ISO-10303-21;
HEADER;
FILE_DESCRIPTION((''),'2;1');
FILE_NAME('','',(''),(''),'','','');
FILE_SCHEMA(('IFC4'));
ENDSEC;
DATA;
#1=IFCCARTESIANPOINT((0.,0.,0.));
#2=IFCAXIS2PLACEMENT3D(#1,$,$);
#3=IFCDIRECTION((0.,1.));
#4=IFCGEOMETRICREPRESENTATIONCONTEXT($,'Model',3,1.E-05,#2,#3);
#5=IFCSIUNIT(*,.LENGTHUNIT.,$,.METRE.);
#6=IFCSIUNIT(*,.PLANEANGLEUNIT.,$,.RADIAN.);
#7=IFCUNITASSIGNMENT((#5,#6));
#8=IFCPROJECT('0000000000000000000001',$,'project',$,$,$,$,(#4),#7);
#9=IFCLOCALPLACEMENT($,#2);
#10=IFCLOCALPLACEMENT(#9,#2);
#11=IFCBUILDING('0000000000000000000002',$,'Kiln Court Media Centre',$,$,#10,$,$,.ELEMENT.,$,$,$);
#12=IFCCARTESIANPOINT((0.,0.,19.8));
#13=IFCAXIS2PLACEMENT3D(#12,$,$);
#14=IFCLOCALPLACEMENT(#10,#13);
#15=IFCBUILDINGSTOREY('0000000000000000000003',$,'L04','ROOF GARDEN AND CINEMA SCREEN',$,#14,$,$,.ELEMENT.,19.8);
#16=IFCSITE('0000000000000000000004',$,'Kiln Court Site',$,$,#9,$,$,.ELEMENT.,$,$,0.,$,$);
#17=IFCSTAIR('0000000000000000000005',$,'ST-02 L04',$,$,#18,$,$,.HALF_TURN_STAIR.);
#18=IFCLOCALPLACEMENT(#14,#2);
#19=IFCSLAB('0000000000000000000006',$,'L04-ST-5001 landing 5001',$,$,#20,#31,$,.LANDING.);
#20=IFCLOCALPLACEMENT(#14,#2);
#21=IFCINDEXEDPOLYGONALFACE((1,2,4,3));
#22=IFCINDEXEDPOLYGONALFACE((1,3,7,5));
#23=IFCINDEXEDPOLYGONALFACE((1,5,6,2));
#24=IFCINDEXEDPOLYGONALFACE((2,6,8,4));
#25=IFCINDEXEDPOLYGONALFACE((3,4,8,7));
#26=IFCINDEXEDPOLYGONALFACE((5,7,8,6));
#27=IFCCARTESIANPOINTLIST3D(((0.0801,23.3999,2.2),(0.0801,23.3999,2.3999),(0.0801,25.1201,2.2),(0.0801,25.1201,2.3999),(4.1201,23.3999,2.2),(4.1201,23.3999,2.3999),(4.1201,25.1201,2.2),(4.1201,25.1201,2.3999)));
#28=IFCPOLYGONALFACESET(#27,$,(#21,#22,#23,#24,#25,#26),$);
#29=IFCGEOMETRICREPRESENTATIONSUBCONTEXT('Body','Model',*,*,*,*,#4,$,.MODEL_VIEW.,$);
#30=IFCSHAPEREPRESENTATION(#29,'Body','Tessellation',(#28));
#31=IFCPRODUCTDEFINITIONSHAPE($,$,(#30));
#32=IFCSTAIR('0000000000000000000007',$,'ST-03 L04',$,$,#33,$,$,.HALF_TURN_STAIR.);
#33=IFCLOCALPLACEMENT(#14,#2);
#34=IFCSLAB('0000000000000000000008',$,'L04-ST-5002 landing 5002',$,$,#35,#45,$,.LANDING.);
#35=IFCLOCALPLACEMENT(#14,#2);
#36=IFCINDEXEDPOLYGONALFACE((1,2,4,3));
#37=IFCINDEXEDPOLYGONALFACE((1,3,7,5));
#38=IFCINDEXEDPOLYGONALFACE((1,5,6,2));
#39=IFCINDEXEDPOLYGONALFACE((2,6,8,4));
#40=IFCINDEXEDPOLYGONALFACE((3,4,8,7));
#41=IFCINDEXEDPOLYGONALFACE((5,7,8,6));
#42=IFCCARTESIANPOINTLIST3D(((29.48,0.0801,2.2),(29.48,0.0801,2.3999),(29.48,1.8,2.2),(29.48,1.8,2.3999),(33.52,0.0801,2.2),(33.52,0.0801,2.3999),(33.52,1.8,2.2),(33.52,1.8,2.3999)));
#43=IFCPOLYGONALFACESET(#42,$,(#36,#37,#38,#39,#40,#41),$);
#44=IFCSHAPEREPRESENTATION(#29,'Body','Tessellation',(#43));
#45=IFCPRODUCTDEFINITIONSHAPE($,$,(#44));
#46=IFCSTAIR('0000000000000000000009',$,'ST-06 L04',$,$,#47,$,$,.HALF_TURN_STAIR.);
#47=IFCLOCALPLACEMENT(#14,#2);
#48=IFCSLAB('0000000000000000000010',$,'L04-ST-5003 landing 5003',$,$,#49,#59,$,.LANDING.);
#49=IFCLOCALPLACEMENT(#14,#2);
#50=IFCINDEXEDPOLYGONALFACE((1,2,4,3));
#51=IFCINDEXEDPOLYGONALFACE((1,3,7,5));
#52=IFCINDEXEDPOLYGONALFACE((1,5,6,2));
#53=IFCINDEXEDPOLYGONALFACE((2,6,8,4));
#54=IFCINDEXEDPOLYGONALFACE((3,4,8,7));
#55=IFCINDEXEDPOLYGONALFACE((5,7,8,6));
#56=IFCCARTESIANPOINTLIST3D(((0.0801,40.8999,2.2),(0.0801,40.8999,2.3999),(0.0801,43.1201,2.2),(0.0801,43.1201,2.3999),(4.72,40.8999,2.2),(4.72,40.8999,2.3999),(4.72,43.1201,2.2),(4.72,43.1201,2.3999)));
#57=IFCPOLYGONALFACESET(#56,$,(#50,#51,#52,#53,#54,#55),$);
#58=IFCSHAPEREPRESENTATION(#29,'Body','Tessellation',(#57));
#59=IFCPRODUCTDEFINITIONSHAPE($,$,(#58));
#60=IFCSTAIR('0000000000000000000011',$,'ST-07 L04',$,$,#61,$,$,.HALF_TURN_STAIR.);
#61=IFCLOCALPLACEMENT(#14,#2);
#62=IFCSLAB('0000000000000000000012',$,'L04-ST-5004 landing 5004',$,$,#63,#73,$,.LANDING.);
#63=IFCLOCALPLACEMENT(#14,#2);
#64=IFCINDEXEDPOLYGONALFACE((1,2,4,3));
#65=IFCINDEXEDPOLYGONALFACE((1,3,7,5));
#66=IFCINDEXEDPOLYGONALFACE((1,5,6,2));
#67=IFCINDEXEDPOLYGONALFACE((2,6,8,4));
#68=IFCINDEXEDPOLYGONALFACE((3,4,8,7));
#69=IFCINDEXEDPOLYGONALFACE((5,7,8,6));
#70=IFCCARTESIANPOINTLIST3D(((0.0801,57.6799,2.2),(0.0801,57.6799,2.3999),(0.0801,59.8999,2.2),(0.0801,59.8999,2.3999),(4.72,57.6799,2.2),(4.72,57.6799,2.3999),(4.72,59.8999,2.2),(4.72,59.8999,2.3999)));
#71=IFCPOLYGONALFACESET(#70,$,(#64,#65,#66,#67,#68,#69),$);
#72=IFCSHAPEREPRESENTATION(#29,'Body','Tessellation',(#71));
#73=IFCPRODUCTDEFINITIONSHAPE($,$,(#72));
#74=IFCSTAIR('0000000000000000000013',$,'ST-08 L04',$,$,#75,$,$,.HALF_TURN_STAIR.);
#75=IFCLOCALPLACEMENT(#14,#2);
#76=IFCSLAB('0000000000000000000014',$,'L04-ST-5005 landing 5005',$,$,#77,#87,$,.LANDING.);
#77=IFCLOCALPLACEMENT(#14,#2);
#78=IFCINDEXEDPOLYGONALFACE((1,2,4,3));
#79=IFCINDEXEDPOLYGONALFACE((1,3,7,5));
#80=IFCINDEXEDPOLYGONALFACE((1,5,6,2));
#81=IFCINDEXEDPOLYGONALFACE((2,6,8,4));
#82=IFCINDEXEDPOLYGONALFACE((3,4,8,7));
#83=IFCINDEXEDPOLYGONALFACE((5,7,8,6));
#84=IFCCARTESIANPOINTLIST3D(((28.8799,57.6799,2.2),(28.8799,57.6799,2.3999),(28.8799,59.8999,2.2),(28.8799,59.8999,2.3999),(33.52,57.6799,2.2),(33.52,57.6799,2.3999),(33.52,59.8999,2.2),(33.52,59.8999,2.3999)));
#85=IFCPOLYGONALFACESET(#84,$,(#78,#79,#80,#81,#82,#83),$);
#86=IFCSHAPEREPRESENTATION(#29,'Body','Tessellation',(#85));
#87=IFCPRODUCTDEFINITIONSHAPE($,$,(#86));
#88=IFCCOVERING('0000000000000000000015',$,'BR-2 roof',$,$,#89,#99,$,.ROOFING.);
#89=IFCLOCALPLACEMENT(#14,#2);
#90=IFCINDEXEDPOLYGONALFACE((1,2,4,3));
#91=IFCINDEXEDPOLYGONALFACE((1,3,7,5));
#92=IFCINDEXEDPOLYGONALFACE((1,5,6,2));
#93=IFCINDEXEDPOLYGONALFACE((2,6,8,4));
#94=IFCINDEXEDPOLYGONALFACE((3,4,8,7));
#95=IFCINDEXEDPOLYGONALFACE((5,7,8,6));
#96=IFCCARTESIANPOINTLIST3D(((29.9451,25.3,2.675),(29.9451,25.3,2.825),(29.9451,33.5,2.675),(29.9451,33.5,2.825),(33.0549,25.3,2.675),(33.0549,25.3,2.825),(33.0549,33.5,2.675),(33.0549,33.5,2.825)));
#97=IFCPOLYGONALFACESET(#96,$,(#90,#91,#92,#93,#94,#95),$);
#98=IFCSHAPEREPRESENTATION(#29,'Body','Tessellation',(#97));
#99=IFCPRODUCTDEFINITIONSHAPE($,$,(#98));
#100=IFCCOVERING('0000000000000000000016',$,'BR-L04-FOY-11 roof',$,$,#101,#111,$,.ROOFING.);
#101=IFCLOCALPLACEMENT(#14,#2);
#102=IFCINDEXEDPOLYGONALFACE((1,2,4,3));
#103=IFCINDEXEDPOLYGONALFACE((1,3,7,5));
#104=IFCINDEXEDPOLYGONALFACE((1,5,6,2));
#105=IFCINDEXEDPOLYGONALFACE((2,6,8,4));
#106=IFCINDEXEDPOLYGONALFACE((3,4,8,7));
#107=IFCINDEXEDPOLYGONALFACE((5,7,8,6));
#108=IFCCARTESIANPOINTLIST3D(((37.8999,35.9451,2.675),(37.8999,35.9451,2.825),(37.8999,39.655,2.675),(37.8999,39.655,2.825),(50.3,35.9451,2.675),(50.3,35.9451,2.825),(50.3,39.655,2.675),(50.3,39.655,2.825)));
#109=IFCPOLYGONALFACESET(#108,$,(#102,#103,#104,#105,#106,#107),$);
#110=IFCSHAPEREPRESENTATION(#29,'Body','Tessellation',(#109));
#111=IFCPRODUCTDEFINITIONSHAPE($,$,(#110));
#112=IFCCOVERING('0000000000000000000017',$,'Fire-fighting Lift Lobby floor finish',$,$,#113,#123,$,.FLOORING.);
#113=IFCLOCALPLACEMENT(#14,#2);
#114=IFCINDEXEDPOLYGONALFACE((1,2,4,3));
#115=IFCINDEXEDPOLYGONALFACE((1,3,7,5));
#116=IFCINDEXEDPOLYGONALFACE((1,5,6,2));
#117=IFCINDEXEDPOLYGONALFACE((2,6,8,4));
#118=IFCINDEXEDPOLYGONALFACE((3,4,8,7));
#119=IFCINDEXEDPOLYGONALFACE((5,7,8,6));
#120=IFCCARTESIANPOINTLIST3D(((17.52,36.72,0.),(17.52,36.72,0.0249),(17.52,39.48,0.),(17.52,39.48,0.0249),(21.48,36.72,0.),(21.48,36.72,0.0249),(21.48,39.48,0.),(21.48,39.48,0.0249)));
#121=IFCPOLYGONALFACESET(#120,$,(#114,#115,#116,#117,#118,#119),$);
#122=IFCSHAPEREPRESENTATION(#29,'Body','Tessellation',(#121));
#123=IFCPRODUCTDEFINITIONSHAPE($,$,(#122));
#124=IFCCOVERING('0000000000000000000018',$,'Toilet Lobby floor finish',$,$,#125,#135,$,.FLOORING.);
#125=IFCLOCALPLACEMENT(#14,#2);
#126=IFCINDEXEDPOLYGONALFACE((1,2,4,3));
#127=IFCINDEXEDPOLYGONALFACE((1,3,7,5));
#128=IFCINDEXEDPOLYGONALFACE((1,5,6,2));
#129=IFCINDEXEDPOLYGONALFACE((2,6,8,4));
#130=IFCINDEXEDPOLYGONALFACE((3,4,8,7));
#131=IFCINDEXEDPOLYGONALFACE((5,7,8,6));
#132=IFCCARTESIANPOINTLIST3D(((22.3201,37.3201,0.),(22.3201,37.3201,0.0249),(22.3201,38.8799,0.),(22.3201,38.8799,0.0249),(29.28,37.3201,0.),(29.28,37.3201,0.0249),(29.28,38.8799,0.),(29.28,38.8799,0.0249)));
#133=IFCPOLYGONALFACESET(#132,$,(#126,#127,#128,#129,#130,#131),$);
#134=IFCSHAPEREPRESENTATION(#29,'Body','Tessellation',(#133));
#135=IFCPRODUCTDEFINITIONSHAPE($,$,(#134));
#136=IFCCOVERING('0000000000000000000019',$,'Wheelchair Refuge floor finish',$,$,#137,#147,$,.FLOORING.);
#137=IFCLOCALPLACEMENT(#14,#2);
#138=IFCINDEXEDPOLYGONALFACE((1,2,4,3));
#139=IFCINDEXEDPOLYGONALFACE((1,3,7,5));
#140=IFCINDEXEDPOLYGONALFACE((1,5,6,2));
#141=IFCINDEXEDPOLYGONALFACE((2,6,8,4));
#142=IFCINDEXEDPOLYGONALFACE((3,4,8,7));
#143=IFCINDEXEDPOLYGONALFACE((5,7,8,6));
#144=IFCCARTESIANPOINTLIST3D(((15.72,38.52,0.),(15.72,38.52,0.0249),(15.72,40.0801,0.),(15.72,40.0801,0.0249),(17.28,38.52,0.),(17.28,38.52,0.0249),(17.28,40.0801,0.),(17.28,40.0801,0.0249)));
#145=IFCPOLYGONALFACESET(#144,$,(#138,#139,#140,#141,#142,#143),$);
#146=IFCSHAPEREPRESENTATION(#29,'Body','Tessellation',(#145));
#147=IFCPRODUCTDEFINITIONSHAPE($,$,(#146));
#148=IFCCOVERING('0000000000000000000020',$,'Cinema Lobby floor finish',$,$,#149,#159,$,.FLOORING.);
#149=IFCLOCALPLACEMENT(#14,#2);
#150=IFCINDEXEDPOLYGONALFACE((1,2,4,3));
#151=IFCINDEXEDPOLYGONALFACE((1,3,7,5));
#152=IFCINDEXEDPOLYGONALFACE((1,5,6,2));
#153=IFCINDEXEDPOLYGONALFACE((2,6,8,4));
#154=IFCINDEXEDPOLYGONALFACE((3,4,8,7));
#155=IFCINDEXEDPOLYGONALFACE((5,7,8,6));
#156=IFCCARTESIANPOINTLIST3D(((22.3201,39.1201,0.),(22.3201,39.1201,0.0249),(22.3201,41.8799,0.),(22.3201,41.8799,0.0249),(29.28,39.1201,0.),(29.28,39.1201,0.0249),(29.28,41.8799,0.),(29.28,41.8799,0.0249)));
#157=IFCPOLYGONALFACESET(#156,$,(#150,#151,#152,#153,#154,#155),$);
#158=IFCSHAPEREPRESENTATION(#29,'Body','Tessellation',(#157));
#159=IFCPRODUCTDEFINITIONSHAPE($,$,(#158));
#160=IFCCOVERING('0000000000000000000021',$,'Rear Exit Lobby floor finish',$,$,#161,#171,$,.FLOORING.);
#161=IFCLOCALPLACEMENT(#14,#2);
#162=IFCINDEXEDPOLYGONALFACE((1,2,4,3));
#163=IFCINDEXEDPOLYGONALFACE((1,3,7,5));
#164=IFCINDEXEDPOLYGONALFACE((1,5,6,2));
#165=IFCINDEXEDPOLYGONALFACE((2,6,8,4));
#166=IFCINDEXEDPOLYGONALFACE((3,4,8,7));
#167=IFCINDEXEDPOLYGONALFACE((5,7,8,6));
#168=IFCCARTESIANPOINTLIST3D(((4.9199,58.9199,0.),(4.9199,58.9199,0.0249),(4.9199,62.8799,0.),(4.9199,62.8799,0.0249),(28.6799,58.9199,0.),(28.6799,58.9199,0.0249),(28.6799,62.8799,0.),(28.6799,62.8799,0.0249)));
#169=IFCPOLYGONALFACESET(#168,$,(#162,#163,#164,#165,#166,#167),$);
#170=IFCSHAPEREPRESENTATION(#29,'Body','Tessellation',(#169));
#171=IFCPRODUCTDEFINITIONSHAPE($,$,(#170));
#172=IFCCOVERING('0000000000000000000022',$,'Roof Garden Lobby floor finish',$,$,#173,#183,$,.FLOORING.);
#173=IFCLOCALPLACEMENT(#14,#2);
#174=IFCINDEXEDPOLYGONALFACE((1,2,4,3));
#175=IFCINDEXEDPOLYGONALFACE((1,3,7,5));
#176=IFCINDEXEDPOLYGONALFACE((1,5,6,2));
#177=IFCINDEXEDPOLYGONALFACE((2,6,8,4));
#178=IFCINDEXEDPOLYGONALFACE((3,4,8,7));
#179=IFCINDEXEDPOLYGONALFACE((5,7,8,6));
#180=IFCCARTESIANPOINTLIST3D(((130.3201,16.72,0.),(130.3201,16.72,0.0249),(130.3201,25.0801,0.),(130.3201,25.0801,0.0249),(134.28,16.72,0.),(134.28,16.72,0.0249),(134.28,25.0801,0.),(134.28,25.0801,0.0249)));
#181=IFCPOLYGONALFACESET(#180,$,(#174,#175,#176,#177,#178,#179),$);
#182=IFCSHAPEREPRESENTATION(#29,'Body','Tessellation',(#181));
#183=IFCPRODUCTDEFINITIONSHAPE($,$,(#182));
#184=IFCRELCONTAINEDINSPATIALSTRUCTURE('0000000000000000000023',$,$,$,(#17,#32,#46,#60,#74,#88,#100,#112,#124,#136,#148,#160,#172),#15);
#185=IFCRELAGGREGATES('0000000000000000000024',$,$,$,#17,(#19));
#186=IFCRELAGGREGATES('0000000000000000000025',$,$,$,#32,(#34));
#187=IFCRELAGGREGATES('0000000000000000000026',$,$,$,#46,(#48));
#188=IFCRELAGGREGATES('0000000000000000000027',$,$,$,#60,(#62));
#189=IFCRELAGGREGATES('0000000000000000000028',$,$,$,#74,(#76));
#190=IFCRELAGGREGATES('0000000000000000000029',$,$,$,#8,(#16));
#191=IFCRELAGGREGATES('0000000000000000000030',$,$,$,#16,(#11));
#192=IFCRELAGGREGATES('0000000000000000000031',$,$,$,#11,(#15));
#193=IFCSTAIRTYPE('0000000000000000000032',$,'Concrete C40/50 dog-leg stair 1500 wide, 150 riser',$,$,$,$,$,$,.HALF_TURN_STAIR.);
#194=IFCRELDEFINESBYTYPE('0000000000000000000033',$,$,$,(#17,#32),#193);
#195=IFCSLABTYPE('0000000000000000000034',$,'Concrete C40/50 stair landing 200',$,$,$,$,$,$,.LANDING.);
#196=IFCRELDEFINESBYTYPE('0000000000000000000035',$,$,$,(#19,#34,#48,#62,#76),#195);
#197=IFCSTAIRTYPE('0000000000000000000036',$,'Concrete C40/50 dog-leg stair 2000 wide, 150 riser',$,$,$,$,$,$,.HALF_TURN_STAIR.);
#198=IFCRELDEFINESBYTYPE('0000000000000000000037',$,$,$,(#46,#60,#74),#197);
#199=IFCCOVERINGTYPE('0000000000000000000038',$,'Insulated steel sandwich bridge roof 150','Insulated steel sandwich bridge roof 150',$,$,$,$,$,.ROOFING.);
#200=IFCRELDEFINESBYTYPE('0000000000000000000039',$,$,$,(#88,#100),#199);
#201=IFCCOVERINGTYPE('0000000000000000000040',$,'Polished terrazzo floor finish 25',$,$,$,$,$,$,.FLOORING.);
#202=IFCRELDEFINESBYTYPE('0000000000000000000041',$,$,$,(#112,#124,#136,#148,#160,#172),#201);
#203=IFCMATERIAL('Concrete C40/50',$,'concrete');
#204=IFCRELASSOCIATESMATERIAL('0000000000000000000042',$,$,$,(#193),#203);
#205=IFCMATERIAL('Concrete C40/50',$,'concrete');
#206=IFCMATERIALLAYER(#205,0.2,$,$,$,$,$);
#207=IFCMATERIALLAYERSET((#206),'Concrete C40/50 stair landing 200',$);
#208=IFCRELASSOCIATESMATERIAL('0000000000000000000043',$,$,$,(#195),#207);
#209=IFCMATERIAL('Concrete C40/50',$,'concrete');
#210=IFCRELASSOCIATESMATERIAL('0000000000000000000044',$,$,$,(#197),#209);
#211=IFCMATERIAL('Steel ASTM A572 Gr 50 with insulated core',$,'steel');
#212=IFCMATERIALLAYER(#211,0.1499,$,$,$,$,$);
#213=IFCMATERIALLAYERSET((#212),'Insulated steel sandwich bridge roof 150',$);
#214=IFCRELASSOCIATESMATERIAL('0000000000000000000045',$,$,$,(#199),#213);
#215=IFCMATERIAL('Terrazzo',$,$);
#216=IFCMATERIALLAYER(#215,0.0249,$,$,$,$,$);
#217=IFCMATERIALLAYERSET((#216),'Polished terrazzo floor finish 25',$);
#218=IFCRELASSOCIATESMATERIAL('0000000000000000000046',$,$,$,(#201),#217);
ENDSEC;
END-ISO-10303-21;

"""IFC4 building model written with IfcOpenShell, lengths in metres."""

from ifc_helpers import new_model, si_unit, direction, frame, origin, place, context, subcontext, project, spatial, polyline, outline, extrude, material, layer, layer_set, type_object, element, aggregate, save


model = new_model("IFC4")

# Units and contexts
model_context = context("Model", 3, precision=1e-05, world=origin(), true_north=direction((0.0, 1.0)))
body_context = subcontext(model_context, "Body", "Model", "MODEL_VIEW")
ifc_project = project(units=[si_unit("LENGTHUNIT", "METRE"), si_unit("PLANEANGLEUNIT", "RADIAN")], contexts=[model_context])

# Site, building, storey
site_placement = place(None, origin())
site = spatial("IfcSite", under=ifc_project, at=site_placement, Name="Kiln Court Site", CompositionType="ELEMENT", RefElevation=0.0)
building_placement = place(site_placement, origin())
building = spatial("IfcBuilding", under=site, at=building_placement, Name="Kiln Court Media Centre", CompositionType="ELEMENT")
storey_placement = place(building_placement, frame((0.0, 0.0, 19.8)))
storey = spatial("IfcBuildingStorey", under=building, at=storey_placement, Name="L04", Description="ROOF GARDEN AND CINEMA SCREEN", CompositionType="ELEMENT", Elevation=19.8)

# Stairs, slabs
ifc_material_1 = material(Name="Concrete C40/50", Category="concrete")
stair_type_1 = type_object("IfcStairType", Name="Concrete C40/50 dog-leg stair 1500 wide, 150 riser", PredefinedType="HALF_TURN_STAIR", material=ifc_material_1)
ifc_material_2 = material(Name="Concrete C40/50", Category="concrete")
ifc_layer_1 = layer(ifc_material_2, 0.2)
ifc_layer_set_1 = layer_set([ifc_layer_1], Name="Concrete C40/50 stair landing 200")
slab_type_1 = type_object("IfcSlabType", Name="Concrete C40/50 stair landing 200", PredefinedType="LANDING", material=ifc_layer_set_1)
stair_1_placement = place(storey_placement, origin())
stair_1 = element("IfcStair", 1, at=stair_1_placement, inside=storey, type_object=stair_type_1, Name="ST-02 L04", PredefinedType="HALF_TURN_STAIR")
slab_1_placement = place(storey_placement, frame((0.0, 0.0, 2.2)))
slab_1 = element("IfcSlab", 2, at=slab_1_placement, type_object=slab_type_1, Name="L04-ST-5001 landing 5001", PredefinedType="LANDING", context=body_context, shape_type="SweptSolid", body=[
    extrude(outline(polyline([(4.1201, 23.3999), (4.1201, 25.1201), (0.0801, 25.1201), (0.0801, 23.3999), (4.1201, 23.3999)])), origin(), (0.0, 0.0, 1.0), 0.2),
])
aggregate(stair_1, [slab_1])
stair_2_placement = place(storey_placement, origin())
stair_2 = element("IfcStair", 3, at=stair_2_placement, inside=storey, type_object=stair_type_1, Name="ST-03 L04", PredefinedType="HALF_TURN_STAIR")
slab_2_placement = place(storey_placement, frame((0.0, 0.0, 2.2)))
slab_2 = element("IfcSlab", 4, at=slab_2_placement, type_object=slab_type_1, Name="L04-ST-5002 landing 5002", PredefinedType="LANDING", context=body_context, shape_type="SweptSolid", body=[
    extrude(outline(polyline([(29.48, 1.8), (29.48, 0.0801), (33.52, 0.0801), (33.52, 1.8), (29.48, 1.8)])), origin(), (0.0, 0.0, 1.0), 0.2),
])
aggregate(stair_2, [slab_2])
ifc_material_3 = material(Name="Concrete C40/50", Category="concrete")
stair_type_2 = type_object("IfcStairType", Name="Concrete C40/50 dog-leg stair 2000 wide, 150 riser", PredefinedType="HALF_TURN_STAIR", material=ifc_material_3)
stair_3_placement = place(storey_placement, origin())
stair_3 = element("IfcStair", 5, at=stair_3_placement, inside=storey, type_object=stair_type_2, Name="ST-06 L04", PredefinedType="HALF_TURN_STAIR")
slab_3_placement = place(storey_placement, frame((0.0, 0.0, 2.2)))
slab_3 = element("IfcSlab", 6, at=slab_3_placement, type_object=slab_type_1, Name="L04-ST-5003 landing 5003", PredefinedType="LANDING", context=body_context, shape_type="SweptSolid", body=[
    extrude(outline(polyline([(4.72, 40.8999), (4.72, 43.1201), (0.0801, 43.1201), (0.0801, 40.8999), (4.72, 40.8999)])), origin(), (0.0, 0.0, 1.0), 0.2),
])
aggregate(stair_3, [slab_3])
stair_4_placement = place(storey_placement, origin())
stair_4 = element("IfcStair", 7, at=stair_4_placement, inside=storey, type_object=stair_type_2, Name="ST-07 L04", PredefinedType="HALF_TURN_STAIR")
slab_4_placement = place(storey_placement, frame((0.0, 0.0, 2.2)))
slab_4 = element("IfcSlab", 8, at=slab_4_placement, type_object=slab_type_1, Name="L04-ST-5004 landing 5004", PredefinedType="LANDING", context=body_context, shape_type="SweptSolid", body=[
    extrude(outline(polyline([(0.0801, 59.8999), (0.0801, 57.6799), (4.72, 57.6799), (4.72, 59.8999), (0.0801, 59.8999)])), origin(), (0.0, 0.0, 1.0), 0.2),
])
aggregate(stair_4, [slab_4])
stair_5_placement = place(storey_placement, origin())
stair_5 = element("IfcStair", 9, at=stair_5_placement, inside=storey, type_object=stair_type_2, Name="ST-08 L04", PredefinedType="HALF_TURN_STAIR")
slab_5_placement = place(storey_placement, frame((0.0, 0.0, 2.2)))
slab_5 = element("IfcSlab", 10, at=slab_5_placement, type_object=slab_type_1, Name="L04-ST-5005 landing 5005", PredefinedType="LANDING", context=body_context, shape_type="SweptSolid", body=[
    extrude(outline(polyline([(28.8799, 59.8999), (28.8799, 57.6799), (33.52, 57.6799), (33.52, 59.8999), (28.8799, 59.8999)])), origin(), (0.0, 0.0, 1.0), 0.2),
])
aggregate(stair_5, [slab_5])

# Coverings
ifc_material_4 = material(Name="Steel ASTM A572 Gr 50 with insulated core", Category="steel")
ifc_layer_2 = layer(ifc_material_4, 0.1499)
ifc_layer_set_2 = layer_set([ifc_layer_2], Name="Insulated steel sandwich bridge roof 150")
covering_type_1 = type_object("IfcCoveringType", Name="Insulated steel sandwich bridge roof 150", Description="Insulated steel sandwich bridge roof 150", PredefinedType="ROOFING", material=ifc_layer_set_2)
covering_1_placement = place(storey_placement, frame((0.0, 0.0, 2.675)))
element("IfcCovering", 11, at=covering_1_placement, inside=storey, type_object=covering_type_1, Name="BR-2 roof", PredefinedType="ROOFING", context=body_context, shape_type="SweptSolid", body=[
    extrude(outline(polyline([(29.9451, 25.3), (33.0549, 25.3), (33.0549, 33.5), (29.9451, 33.5), (29.9451, 25.3)])), origin(), (0.0, 0.0, 1.0), 0.1499),
])
covering_2_placement = place(storey_placement, frame((0.0, 0.0, 2.675)))
element("IfcCovering", 12, at=covering_2_placement, inside=storey, type_object=covering_type_1, Name="BR-L04-FOY-11 roof", PredefinedType="ROOFING", context=body_context, shape_type="SweptSolid", body=[
    extrude(outline(polyline([(37.8999, 35.9451), (50.3, 35.9451), (50.3, 39.655), (37.8999, 39.655), (37.8999, 35.9451)])), origin(), (0.0, 0.0, 1.0), 0.1499),
])
ifc_material_5 = material(Name="Terrazzo")
ifc_layer_3 = layer(ifc_material_5, 0.0249)
ifc_layer_set_3 = layer_set([ifc_layer_3], Name="Polished terrazzo floor finish 25")
covering_type_2 = type_object("IfcCoveringType", Name="Polished terrazzo floor finish 25", PredefinedType="FLOORING", material=ifc_layer_set_3)
covering_3_placement = place(storey_placement, origin())
element("IfcCovering", 13, at=covering_3_placement, inside=storey, type_object=covering_type_2, Name="Fire-fighting Lift Lobby floor finish", PredefinedType="FLOORING", context=body_context, shape_type="SweptSolid", body=[
    extrude(outline(polyline([(17.52, 36.72), (21.48, 36.72), (21.48, 39.48), (17.52, 39.48), (17.52, 36.72)])), origin(), (0.0, 0.0, 1.0), 0.0249),
])
covering_4_placement = place(storey_placement, origin())
element("IfcCovering", 14, at=covering_4_placement, inside=storey, type_object=covering_type_2, Name="Toilet Lobby floor finish", PredefinedType="FLOORING", context=body_context, shape_type="SweptSolid", body=[
    extrude(outline(polyline([(29.28, 37.3201), (29.28, 38.8799), (22.3201, 38.8799), (22.3201, 37.3201), (29.28, 37.3201)])), origin(), (0.0, 0.0, 1.0), 0.0249),
])
covering_5_placement = place(storey_placement, origin())
element("IfcCovering", 15, at=covering_5_placement, inside=storey, type_object=covering_type_2, Name="Wheelchair Refuge floor finish", PredefinedType="FLOORING", context=body_context, shape_type="SweptSolid", body=[
    extrude(outline(polyline([(15.72, 38.52), (17.28, 38.52), (17.28, 40.0801), (15.72, 40.0801), (15.72, 38.52)])), origin(), (0.0, 0.0, 1.0), 0.0249),
])
covering_6_placement = place(storey_placement, origin())
element("IfcCovering", 16, at=covering_6_placement, inside=storey, type_object=covering_type_2, Name="Cinema Lobby floor finish", PredefinedType="FLOORING", context=body_context, shape_type="SweptSolid", body=[
    extrude(outline(polyline([(22.3201, 39.1201), (29.28, 39.1201), (29.28, 41.8799), (22.3201, 41.8799), (22.3201, 39.1201)])), origin(), (0.0, 0.0, 1.0), 0.0249),
])
covering_7_placement = place(storey_placement, origin())
element("IfcCovering", 17, at=covering_7_placement, inside=storey, type_object=covering_type_2, Name="Rear Exit Lobby floor finish", PredefinedType="FLOORING", context=body_context, shape_type="SweptSolid", body=[
    extrude(outline(polyline([(4.9199, 58.9199), (28.6799, 58.9199), (28.6799, 62.8799), (4.9199, 62.8799), (4.9199, 58.9199)])), origin(), (0.0, 0.0, 1.0), 0.0249),
])
covering_8_placement = place(storey_placement, origin())
element("IfcCovering", 18, at=covering_8_placement, inside=storey, type_object=covering_type_2, Name="Roof Garden Lobby floor finish", PredefinedType="FLOORING", context=body_context, shape_type="SweptSolid", body=[
    extrude(outline(polyline([(130.3201, 16.72), (134.28, 16.72), (134.28, 25.0801), (130.3201, 25.0801), (130.3201, 16.72)])), origin(), (0.0, 0.0, 1.0), 0.0249),
])

save(model, "model.ifc")
